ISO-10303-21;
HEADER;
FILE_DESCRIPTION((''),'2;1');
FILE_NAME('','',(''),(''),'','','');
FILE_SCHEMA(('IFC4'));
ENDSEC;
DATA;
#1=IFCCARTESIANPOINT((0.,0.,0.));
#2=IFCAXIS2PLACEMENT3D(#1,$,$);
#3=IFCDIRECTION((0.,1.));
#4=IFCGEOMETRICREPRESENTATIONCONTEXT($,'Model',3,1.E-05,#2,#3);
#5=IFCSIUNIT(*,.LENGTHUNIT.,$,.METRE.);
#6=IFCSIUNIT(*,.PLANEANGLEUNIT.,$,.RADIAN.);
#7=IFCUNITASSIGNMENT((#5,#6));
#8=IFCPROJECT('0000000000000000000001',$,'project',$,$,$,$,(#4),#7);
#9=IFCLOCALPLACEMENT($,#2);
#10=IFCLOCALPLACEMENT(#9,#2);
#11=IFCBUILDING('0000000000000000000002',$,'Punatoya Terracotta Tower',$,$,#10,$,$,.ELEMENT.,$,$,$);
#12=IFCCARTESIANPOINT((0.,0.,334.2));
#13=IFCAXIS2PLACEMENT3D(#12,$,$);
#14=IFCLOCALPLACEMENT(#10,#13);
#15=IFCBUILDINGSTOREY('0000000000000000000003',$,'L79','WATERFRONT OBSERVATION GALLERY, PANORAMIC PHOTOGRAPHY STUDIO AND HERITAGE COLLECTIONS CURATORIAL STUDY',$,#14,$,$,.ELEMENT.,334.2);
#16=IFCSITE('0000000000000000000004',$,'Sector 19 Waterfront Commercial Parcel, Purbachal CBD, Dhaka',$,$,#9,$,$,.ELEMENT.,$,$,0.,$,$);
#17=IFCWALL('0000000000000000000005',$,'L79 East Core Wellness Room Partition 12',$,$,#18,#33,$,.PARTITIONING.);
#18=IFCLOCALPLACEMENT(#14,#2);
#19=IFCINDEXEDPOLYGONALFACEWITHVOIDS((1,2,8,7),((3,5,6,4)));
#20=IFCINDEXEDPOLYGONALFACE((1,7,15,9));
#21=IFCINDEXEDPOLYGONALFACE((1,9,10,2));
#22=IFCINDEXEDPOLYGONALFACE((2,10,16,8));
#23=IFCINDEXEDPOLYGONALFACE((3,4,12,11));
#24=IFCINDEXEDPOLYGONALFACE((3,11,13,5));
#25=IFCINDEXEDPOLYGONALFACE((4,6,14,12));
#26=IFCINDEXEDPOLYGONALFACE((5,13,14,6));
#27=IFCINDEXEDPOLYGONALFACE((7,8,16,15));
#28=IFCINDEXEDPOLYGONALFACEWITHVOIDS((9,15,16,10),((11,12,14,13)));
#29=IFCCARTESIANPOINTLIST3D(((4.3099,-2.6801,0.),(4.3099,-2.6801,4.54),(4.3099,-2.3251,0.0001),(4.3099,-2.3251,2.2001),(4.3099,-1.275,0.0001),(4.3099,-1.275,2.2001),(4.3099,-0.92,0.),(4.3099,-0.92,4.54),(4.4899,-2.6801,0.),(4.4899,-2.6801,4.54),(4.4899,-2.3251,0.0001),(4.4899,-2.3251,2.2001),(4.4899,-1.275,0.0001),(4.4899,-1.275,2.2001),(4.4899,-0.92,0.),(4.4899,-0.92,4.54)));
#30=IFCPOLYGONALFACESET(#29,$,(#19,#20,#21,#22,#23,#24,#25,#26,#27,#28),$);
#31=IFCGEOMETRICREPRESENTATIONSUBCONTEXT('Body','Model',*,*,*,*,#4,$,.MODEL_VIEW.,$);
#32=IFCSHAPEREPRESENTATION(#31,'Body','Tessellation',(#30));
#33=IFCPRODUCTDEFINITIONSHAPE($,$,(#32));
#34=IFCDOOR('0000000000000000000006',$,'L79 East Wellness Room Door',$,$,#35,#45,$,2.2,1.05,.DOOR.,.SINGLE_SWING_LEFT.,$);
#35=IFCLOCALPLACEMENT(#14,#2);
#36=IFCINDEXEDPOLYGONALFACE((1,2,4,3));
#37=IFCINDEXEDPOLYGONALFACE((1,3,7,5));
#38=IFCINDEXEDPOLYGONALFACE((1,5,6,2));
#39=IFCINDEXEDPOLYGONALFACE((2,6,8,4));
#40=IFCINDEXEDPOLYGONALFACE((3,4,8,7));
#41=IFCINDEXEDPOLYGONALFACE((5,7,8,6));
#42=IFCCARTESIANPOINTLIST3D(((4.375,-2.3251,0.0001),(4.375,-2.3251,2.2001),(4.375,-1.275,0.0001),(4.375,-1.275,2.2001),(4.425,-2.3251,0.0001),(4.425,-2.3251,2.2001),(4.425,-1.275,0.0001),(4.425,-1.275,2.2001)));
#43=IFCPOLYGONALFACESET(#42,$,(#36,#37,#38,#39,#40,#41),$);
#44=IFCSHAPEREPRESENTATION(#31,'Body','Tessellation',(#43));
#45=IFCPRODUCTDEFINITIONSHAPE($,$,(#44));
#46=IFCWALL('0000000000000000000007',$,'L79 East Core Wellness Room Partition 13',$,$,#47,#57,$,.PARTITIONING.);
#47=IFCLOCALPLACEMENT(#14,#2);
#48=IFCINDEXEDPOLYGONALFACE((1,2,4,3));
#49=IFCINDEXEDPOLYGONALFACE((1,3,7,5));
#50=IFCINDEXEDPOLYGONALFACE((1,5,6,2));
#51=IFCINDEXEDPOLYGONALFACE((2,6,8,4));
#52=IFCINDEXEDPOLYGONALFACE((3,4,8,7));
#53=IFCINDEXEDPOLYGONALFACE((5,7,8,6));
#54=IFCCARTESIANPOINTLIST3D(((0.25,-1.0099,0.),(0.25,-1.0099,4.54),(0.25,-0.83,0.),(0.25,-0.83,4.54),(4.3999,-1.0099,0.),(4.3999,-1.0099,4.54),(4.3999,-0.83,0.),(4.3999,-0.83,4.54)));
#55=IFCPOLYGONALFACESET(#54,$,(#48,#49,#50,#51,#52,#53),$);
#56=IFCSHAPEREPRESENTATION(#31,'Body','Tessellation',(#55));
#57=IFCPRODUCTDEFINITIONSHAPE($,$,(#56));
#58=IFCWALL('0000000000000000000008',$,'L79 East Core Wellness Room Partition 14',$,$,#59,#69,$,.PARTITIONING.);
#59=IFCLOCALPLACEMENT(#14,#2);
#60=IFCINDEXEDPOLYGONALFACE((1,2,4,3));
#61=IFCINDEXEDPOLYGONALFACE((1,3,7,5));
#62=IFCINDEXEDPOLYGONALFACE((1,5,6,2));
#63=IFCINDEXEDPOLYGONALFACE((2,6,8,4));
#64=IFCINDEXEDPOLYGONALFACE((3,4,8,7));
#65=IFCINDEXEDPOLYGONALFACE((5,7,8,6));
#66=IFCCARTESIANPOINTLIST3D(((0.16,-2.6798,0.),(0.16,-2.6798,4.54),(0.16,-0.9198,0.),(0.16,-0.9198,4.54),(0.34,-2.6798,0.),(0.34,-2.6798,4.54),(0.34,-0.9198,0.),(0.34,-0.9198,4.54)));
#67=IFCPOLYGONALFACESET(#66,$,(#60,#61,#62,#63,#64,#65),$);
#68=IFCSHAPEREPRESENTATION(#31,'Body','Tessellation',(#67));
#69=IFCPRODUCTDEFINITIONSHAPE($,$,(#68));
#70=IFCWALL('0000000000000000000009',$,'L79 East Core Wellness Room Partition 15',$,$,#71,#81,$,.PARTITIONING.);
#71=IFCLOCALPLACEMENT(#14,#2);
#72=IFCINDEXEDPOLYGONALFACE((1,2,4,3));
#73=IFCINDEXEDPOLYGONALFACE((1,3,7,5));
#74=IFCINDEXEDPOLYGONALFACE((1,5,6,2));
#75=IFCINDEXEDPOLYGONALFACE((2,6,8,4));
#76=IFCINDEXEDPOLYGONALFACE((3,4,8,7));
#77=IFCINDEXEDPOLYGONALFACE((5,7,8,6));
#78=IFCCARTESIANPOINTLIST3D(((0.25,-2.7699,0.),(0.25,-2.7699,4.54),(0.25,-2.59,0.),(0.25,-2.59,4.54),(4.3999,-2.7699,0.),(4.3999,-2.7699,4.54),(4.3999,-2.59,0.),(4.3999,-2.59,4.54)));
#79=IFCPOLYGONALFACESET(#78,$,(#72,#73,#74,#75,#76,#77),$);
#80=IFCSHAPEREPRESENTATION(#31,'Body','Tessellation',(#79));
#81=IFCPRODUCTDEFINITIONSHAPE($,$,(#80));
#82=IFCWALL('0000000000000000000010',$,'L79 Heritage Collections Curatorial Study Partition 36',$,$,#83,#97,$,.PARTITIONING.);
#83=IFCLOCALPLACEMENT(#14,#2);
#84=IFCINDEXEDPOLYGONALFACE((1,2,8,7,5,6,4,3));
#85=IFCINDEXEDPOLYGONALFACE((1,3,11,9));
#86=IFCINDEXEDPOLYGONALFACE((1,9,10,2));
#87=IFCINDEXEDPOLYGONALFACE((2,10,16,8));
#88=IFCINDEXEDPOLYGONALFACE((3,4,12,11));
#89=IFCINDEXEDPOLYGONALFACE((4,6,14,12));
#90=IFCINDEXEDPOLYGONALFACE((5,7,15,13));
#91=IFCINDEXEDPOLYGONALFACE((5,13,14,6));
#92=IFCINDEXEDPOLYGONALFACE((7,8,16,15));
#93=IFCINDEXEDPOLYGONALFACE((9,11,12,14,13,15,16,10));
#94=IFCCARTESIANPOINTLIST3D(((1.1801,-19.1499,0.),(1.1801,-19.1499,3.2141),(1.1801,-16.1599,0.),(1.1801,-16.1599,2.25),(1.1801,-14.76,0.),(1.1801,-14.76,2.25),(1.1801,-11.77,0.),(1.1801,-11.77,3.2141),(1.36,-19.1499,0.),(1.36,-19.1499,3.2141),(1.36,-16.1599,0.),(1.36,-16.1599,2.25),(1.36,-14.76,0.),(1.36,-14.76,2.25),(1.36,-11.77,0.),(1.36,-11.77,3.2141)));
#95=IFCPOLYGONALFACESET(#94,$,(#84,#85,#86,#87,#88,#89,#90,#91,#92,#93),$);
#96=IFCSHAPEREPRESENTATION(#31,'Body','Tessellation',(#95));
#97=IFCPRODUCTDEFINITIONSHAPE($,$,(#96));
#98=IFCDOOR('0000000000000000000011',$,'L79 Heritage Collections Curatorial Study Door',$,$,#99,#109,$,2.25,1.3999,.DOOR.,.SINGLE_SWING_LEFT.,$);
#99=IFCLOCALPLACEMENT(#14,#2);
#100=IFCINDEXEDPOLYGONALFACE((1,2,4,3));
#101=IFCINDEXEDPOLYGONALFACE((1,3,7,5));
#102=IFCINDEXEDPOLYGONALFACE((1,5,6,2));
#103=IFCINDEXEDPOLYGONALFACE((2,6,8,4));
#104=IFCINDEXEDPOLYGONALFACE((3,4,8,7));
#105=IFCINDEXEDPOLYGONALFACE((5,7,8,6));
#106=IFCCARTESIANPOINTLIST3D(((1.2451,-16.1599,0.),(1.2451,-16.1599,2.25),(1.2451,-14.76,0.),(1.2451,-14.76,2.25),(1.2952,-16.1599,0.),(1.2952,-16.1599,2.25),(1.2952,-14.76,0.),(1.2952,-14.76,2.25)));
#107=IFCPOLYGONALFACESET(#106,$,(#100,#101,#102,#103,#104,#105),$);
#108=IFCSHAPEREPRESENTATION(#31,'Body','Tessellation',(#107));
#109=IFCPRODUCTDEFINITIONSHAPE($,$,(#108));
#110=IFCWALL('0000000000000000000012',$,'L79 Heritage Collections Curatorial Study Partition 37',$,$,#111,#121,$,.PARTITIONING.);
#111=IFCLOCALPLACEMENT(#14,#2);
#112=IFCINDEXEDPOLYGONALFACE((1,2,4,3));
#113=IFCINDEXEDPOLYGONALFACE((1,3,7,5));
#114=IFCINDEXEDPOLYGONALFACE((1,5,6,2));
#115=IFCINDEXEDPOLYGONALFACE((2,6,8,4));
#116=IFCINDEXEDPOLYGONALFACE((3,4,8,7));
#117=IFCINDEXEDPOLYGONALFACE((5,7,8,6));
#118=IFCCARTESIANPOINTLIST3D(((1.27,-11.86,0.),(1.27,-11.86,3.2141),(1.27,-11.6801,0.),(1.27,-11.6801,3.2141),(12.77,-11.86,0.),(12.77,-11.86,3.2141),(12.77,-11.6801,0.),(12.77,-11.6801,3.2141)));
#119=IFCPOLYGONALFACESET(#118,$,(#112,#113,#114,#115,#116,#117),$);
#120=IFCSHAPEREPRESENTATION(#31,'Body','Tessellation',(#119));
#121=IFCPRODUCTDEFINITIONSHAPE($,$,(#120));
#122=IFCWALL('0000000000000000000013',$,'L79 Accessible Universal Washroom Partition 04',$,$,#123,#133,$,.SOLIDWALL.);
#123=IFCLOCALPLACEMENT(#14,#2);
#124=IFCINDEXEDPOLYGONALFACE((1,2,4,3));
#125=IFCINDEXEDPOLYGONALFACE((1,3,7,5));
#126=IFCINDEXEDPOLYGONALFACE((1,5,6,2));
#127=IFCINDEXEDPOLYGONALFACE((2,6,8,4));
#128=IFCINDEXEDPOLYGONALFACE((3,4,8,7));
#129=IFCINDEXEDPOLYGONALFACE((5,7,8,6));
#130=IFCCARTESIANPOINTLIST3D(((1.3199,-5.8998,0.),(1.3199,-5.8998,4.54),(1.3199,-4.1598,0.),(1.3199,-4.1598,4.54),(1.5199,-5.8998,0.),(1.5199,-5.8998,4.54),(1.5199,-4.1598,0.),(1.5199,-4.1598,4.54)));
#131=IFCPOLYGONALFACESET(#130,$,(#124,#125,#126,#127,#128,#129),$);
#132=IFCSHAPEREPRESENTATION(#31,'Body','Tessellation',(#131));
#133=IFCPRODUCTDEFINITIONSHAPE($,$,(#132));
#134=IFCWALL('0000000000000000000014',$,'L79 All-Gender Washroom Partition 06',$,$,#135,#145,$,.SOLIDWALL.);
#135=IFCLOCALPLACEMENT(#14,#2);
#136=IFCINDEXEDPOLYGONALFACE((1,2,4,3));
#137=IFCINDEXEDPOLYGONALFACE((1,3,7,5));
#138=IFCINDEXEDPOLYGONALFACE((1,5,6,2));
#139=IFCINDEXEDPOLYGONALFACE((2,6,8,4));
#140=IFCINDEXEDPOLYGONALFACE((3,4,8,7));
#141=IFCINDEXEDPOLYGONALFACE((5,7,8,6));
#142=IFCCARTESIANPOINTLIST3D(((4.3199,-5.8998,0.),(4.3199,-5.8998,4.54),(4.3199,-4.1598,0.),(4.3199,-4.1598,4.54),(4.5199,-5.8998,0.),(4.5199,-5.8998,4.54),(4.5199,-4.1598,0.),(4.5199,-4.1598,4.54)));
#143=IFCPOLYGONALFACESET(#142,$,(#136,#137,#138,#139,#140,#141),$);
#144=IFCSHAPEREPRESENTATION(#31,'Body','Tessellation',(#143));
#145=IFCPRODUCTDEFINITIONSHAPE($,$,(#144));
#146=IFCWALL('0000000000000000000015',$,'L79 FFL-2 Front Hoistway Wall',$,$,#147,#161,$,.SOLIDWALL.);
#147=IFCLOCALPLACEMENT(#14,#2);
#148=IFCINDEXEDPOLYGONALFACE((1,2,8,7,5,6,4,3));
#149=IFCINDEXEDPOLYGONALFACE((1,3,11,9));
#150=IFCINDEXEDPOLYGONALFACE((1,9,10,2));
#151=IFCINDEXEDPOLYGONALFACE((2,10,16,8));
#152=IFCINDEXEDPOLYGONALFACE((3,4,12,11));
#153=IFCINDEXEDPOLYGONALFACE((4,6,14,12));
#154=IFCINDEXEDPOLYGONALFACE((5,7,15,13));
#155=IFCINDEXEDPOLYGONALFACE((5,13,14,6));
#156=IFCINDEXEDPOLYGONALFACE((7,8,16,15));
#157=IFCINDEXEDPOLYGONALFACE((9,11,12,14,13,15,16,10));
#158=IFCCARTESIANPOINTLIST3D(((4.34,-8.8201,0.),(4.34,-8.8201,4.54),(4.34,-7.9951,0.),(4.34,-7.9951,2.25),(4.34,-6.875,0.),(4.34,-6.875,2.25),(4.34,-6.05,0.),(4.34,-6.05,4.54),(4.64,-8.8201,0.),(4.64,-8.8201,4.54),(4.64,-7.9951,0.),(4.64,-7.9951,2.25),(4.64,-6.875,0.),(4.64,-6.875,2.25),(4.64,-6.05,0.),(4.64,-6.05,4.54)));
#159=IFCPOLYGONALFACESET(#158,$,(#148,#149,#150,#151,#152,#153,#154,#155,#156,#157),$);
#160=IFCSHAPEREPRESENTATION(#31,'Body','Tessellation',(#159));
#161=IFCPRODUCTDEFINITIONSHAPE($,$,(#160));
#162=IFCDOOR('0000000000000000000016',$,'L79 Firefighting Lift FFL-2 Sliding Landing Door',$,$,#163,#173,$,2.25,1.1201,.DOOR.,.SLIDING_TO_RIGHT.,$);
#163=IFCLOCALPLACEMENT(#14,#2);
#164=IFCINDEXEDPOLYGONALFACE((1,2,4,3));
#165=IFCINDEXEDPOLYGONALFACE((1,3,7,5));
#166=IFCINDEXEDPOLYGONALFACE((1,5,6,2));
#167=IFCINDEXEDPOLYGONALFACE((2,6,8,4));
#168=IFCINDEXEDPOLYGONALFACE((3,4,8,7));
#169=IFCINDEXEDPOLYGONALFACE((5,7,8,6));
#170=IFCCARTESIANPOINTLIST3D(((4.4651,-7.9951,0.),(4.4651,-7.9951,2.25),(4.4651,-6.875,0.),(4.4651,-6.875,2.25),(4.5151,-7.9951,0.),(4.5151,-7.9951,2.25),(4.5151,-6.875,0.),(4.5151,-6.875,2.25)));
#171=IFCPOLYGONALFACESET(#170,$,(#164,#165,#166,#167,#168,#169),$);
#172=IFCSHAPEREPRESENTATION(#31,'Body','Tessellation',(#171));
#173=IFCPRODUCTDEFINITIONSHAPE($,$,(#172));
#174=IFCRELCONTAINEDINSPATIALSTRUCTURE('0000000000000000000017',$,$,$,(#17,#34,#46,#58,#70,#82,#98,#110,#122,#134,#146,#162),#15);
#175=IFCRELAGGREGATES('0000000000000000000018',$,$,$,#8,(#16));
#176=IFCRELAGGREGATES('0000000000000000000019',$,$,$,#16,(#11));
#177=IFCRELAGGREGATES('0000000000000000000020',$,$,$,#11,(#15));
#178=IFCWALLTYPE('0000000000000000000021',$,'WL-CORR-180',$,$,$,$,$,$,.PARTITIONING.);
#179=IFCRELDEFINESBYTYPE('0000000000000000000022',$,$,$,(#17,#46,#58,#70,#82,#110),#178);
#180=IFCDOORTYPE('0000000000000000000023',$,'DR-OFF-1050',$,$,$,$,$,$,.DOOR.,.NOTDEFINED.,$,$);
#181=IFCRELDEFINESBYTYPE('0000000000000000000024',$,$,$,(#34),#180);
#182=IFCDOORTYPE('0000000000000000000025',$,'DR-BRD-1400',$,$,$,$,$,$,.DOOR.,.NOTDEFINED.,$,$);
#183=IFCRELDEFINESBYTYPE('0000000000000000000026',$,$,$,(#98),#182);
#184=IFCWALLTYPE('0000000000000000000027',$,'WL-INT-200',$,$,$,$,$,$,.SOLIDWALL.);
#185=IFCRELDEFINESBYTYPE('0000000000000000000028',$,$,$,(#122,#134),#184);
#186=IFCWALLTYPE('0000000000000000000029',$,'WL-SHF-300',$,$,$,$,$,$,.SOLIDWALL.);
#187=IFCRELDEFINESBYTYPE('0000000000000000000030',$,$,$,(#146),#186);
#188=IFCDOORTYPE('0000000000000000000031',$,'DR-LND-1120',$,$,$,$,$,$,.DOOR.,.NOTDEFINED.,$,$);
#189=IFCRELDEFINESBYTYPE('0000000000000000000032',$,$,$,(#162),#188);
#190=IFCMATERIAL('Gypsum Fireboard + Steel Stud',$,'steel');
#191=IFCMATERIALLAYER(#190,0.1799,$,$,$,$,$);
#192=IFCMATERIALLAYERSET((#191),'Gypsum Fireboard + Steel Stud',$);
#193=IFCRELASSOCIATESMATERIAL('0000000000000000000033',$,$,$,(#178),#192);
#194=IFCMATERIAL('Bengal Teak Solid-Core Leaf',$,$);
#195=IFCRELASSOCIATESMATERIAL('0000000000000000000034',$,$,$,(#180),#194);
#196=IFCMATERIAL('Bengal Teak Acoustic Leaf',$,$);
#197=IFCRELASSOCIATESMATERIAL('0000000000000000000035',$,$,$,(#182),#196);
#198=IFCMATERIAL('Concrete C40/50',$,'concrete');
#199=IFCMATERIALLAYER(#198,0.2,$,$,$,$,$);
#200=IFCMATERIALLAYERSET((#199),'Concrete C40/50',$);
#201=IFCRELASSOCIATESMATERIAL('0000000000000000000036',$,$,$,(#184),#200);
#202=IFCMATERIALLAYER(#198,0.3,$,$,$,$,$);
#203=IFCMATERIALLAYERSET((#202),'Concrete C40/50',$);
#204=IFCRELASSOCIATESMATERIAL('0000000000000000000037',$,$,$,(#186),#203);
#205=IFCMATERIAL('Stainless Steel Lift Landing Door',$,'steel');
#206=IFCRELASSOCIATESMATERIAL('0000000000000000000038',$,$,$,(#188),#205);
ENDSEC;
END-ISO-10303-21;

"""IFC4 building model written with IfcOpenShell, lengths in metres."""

from ifc_helpers import new_model, si_unit, direction, frame, frame_2d, origin, place, context, subcontext, project, spatial, rectangle, extrude, material, layer, layer_set, type_object, element, fill, save


model = new_model("IFC4")

# Units and contexts
model_context = context("Model", 3, precision=1e-05, world=origin(), true_north=direction((0.0, 1.0)))
body_context = subcontext(model_context, "Body", "Model", "MODEL_VIEW")
ifc_project = project(units=[si_unit("LENGTHUNIT", "METRE"), si_unit("PLANEANGLEUNIT", "RADIAN")], contexts=[model_context])

# Site, building, storey
site_placement = place(None, origin())
site = spatial("IfcSite", under=ifc_project, at=site_placement, Name="Sector 19 Waterfront Commercial Parcel, Purbachal CBD, Dhaka", CompositionType="ELEMENT", RefElevation=0.0)
building_placement = place(site_placement, origin())
building = spatial("IfcBuilding", under=site, at=building_placement, Name="Punatoya Terracotta Tower", CompositionType="ELEMENT")
storey_placement = place(building_placement, frame((0.0, 0.0, 334.2)))
storey = spatial("IfcBuildingStorey", under=building, at=storey_placement, Name="L79", Description="WATERFRONT OBSERVATION GALLERY, PANORAMIC PHOTOGRAPHY STUDIO AND HERITAGE COLLECTIONS CURATORIAL STUDY", CompositionType="ELEMENT", Elevation=334.2)

# Wall, opening, door
ifc_material_1 = material(Name="Gypsum Fireboard + Steel Stud", Category="steel")
ifc_layer_1 = layer(ifc_material_1, 0.1799)
ifc_layer_set_1 = layer_set([ifc_layer_1], Name="Gypsum Fireboard + Steel Stud")
wall_type_1 = type_object("IfcWallType", Name="WL-CORR-180", PredefinedType="PARTITIONING", material=ifc_layer_set_1)
wall_1_placement = place(storey_placement, frame((4.3999, -2.6799, 0.0), z_axis=(0.0, 0.0, 1.0), x_axis=(0.0, 1.0, 0.0)))
wall_1 = element("IfcWall", 1, at=wall_1_placement, inside=storey, type_object=wall_type_1, Name="L79 East Core Wellness Room Partition 12", PredefinedType="PARTITIONING", context=body_context, shape_type="SweptSolid", body=[
    extrude(rectangle(XDim=1.76, YDim=0.1799, at=frame_2d((0.8799, 0.0))), origin(), (0.0, 0.0, 1.0), 4.54),
])
opening_1_placement = place(wall_1_placement, frame((0.355, 0.0, 0.0)))
opening_1 = element("IfcOpeningElement", 2, at=opening_1_placement, cuts=wall_1, PredefinedType="OPENING", context=body_context, shape_type="SweptSolid", body=[
    extrude(rectangle(XDim=1.05, YDim=2.2, at=frame_2d((0.5249, 1.1001))), frame((0.0, 0.0999, 0.0), z_axis=(0.0, -1.0, 0.0), x_axis=(1.0, 0.0, 0.0)), (0.0, 0.0, 1.0), 0.2),
])
ifc_material_2 = material(Name="Bengal Teak Solid-Core Leaf")
door_type_1 = type_object("IfcDoorType", Name="DR-OFF-1050", OperationType="NOTDEFINED", PredefinedType="DOOR", material=ifc_material_2)
door_1_placement = place(opening_1_placement, origin())
door_1 = element("IfcDoor", 3, at=door_1_placement, inside=storey, type_object=door_type_1, Name="L79 East Wellness Room Door", OperationType="SINGLE_SWING_LEFT", OverallHeight=2.2, OverallWidth=1.05, PredefinedType="DOOR", context=body_context, shape_type="SweptSolid", body=[
    extrude(rectangle(XDim=1.05, YDim=2.2, at=frame_2d((0.5249, 1.1001))), frame((0.0, 0.0249, 0.0), z_axis=(0.0, -1.0, 0.0), x_axis=(1.0, 0.0, 0.0)), (0.0, 0.0, 1.0), 0.05),
])
fill(opening_1, door_1)

# Walls
wall_2_placement = place(storey_placement, frame((4.3999, -0.9199, 0.0), z_axis=(0.0, 0.0, 1.0), x_axis=(-1.0, 0.0, 0.0)))
element("IfcWall", 4, at=wall_2_placement, inside=storey, type_object=wall_type_1, Name="L79 East Core Wellness Room Partition 13", PredefinedType="PARTITIONING", context=body_context, shape_type="SweptSolid", body=[
    extrude(rectangle(XDim=4.1499, YDim=0.1799, at=frame_2d((2.075, 0.0))), origin(), (0.0, 0.0, 1.0), 4.54),
])
wall_3_placement = place(storey_placement, frame((0.25, -0.9199, 0.0), z_axis=(0.0, 0.0, 1.0), x_axis=(0.0, -1.0, 0.0)))
element("IfcWall", 5, at=wall_3_placement, inside=storey, type_object=wall_type_1, Name="L79 East Core Wellness Room Partition 14", PredefinedType="PARTITIONING", context=body_context, shape_type="SweptSolid", body=[
    extrude(rectangle(XDim=1.76, YDim=0.1799, at=frame_2d((0.8799, 0.0))), origin(), (0.0, 0.0, 1.0), 4.54),
])
wall_4_placement = place(storey_placement, frame((0.25, -2.6799, 0.0), z_axis=(0.0, 0.0, 1.0), x_axis=(1.0, 0.0, 0.0)))
element("IfcWall", 6, at=wall_4_placement, inside=storey, type_object=wall_type_1, Name="L79 East Core Wellness Room Partition 15", PredefinedType="PARTITIONING", context=body_context, shape_type="SweptSolid", body=[
    extrude(rectangle(XDim=4.1499, YDim=0.1799, at=frame_2d((2.075, 0.0))), origin(), (0.0, 0.0, 1.0), 4.54),
])

# Wall, opening, door
wall_5_placement = place(storey_placement, frame((1.27, -19.1499, 0.0), z_axis=(0.0, 0.0, 1.0), x_axis=(0.0, 1.0, 0.0)))
wall_5 = element("IfcWall", 7, at=wall_5_placement, inside=storey, type_object=wall_type_1, Name="L79 Heritage Collections Curatorial Study Partition 36", PredefinedType="PARTITIONING", context=body_context, shape_type="SweptSolid", body=[
    extrude(rectangle(XDim=7.3799, YDim=0.1799, at=frame_2d((3.6899, 0.0))), origin(), (0.0, 0.0, 1.0), 3.2141),
])
opening_2_placement = place(wall_5_placement, frame((2.99, 0.0, 0.0)))
opening_2 = element("IfcOpeningElement", 8, at=opening_2_placement, cuts=wall_5, PredefinedType="OPENING", context=body_context, shape_type="SweptSolid", body=[
    extrude(rectangle(XDim=1.3999, YDim=2.25, at=frame_2d((0.7, 1.125))), frame((0.0, 0.0999, 0.0), z_axis=(0.0, -1.0, 0.0), x_axis=(1.0, 0.0, 0.0)), (0.0, 0.0, 1.0), 0.2),
])
ifc_material_3 = material(Name="Bengal Teak Acoustic Leaf")
door_type_2 = type_object("IfcDoorType", Name="DR-BRD-1400", OperationType="NOTDEFINED", PredefinedType="DOOR", material=ifc_material_3)
door_2_placement = place(opening_2_placement, origin())
door_2 = element("IfcDoor", 9, at=door_2_placement, inside=storey, type_object=door_type_2, Name="L79 Heritage Collections Curatorial Study Door", OperationType="SINGLE_SWING_LEFT", OverallHeight=2.25, OverallWidth=1.3999, PredefinedType="DOOR", context=body_context, shape_type="SweptSolid", body=[
    extrude(rectangle(XDim=1.3999, YDim=2.25, at=frame_2d((0.7, 1.125))), frame((0.0, 0.0249, 0.0), z_axis=(0.0, -1.0, 0.0), x_axis=(1.0, 0.0, 0.0)), (0.0, 0.0, 1.0), 0.05),
])
fill(opening_2, door_2)

# Walls
wall_6_placement = place(storey_placement, frame((1.27, -11.77, 0.0), z_axis=(0.0, 0.0, 1.0), x_axis=(1.0, 0.0, 0.0)))
element("IfcWall", 10, at=wall_6_placement, inside=storey, type_object=wall_type_1, Name="L79 Heritage Collections Curatorial Study Partition 37", PredefinedType="PARTITIONING", context=body_context, shape_type="SweptSolid", body=[
    extrude(rectangle(XDim=11.5, YDim=0.1799, at=frame_2d((5.75, 0.0))), origin(), (0.0, 0.0, 1.0), 3.2141),
])
ifc_material_4 = material(Name="Concrete C40/50", Category="concrete")
ifc_layer_2 = layer(ifc_material_4, 0.2)
ifc_layer_set_2 = layer_set([ifc_layer_2], Name="Concrete C40/50")
wall_type_2 = type_object("IfcWallType", Name="WL-INT-200", PredefinedType="SOLIDWALL", material=ifc_layer_set_2)
wall_7_placement = place(storey_placement, frame((1.4199, -5.8999, 0.0), z_axis=(0.0, 0.0, 1.0), x_axis=(0.0, 1.0, 0.0)))
element("IfcWall", 11, at=wall_7_placement, inside=storey, type_object=wall_type_2, Name="L79 Accessible Universal Washroom Partition 04", PredefinedType="SOLIDWALL", context=body_context, shape_type="SweptSolid", body=[
    extrude(rectangle(XDim=1.74, YDim=0.2, at=frame_2d((0.8701, 0.0))), origin(), (0.0, 0.0, 1.0), 4.54),
])

# Wall
wall_8_placement = place(storey_placement, frame((4.4199, -5.8999, 0.0), z_axis=(0.0, 0.0, 1.0), x_axis=(0.0, 1.0, 0.0)))
element("IfcWall", 12, at=wall_8_placement, inside=storey, type_object=wall_type_2, Name="L79 All-Gender Washroom Partition 06", PredefinedType="SOLIDWALL", context=body_context, shape_type="SweptSolid", body=[
    extrude(rectangle(XDim=1.74, YDim=0.2, at=frame_2d((0.8701, 0.0))), origin(), (0.0, 0.0, 1.0), 4.54),
])

# Wall, opening, door
ifc_layer_3 = layer(ifc_material_4, 0.3)
ifc_layer_set_3 = layer_set([ifc_layer_3], Name="Concrete C40/50")
wall_type_3 = type_object("IfcWallType", Name="WL-SHF-300", PredefinedType="SOLIDWALL", material=ifc_layer_set_3)
wall_9_placement = place(storey_placement, frame((4.49, -8.8201, 0.0), z_axis=(0.0, 0.0, 1.0), x_axis=(0.0, 1.0, 0.0)))
wall_9 = element("IfcWall", 13, at=wall_9_placement, inside=storey, type_object=wall_type_3, Name="L79 FFL-2 Front Hoistway Wall", PredefinedType="SOLIDWALL", context=body_context, shape_type="SweptSolid", body=[
    extrude(rectangle(XDim=2.77, YDim=0.3, at=frame_2d((1.385, 0.0))), origin(), (0.0, 0.0, 1.0), 4.54),
])
opening_3_placement = place(wall_9_placement, frame((0.825, 0.0, 0.0)))
opening_3 = element("IfcOpeningElement", 14, at=opening_3_placement, cuts=wall_9, PredefinedType="OPENING", context=body_context, shape_type="SweptSolid", body=[
    extrude(rectangle(XDim=1.1201, YDim=2.25, at=frame_2d((0.5601, 1.125))), frame((0.0, 0.1599, 0.0), z_axis=(0.0, -1.0, 0.0), x_axis=(1.0, 0.0, 0.0)), (0.0, 0.0, 1.0), 0.3201),
])
ifc_material_5 = material(Name="Stainless Steel Lift Landing Door", Category="steel")
door_type_3 = type_object("IfcDoorType", Name="DR-LND-1120", OperationType="NOTDEFINED", PredefinedType="DOOR", material=ifc_material_5)
door_3_placement = place(opening_3_placement, origin())
door_3 = element("IfcDoor", 15, at=door_3_placement, inside=storey, type_object=door_type_3, Name="L79 Firefighting Lift FFL-2 Sliding Landing Door", OperationType="SLIDING_TO_RIGHT", OverallHeight=2.25, OverallWidth=1.1201, PredefinedType="DOOR", context=body_context, shape_type="SweptSolid", body=[
    extrude(rectangle(XDim=1.1201, YDim=2.25, at=frame_2d((0.5601, 1.125))), frame((0.0, 0.0249, 0.0), z_axis=(0.0, -1.0, 0.0), x_axis=(1.0, 0.0, 0.0)), (0.0, 0.0, 1.0), 0.05),
])
fill(opening_3, door_3)

save(model, "model.ifc")
